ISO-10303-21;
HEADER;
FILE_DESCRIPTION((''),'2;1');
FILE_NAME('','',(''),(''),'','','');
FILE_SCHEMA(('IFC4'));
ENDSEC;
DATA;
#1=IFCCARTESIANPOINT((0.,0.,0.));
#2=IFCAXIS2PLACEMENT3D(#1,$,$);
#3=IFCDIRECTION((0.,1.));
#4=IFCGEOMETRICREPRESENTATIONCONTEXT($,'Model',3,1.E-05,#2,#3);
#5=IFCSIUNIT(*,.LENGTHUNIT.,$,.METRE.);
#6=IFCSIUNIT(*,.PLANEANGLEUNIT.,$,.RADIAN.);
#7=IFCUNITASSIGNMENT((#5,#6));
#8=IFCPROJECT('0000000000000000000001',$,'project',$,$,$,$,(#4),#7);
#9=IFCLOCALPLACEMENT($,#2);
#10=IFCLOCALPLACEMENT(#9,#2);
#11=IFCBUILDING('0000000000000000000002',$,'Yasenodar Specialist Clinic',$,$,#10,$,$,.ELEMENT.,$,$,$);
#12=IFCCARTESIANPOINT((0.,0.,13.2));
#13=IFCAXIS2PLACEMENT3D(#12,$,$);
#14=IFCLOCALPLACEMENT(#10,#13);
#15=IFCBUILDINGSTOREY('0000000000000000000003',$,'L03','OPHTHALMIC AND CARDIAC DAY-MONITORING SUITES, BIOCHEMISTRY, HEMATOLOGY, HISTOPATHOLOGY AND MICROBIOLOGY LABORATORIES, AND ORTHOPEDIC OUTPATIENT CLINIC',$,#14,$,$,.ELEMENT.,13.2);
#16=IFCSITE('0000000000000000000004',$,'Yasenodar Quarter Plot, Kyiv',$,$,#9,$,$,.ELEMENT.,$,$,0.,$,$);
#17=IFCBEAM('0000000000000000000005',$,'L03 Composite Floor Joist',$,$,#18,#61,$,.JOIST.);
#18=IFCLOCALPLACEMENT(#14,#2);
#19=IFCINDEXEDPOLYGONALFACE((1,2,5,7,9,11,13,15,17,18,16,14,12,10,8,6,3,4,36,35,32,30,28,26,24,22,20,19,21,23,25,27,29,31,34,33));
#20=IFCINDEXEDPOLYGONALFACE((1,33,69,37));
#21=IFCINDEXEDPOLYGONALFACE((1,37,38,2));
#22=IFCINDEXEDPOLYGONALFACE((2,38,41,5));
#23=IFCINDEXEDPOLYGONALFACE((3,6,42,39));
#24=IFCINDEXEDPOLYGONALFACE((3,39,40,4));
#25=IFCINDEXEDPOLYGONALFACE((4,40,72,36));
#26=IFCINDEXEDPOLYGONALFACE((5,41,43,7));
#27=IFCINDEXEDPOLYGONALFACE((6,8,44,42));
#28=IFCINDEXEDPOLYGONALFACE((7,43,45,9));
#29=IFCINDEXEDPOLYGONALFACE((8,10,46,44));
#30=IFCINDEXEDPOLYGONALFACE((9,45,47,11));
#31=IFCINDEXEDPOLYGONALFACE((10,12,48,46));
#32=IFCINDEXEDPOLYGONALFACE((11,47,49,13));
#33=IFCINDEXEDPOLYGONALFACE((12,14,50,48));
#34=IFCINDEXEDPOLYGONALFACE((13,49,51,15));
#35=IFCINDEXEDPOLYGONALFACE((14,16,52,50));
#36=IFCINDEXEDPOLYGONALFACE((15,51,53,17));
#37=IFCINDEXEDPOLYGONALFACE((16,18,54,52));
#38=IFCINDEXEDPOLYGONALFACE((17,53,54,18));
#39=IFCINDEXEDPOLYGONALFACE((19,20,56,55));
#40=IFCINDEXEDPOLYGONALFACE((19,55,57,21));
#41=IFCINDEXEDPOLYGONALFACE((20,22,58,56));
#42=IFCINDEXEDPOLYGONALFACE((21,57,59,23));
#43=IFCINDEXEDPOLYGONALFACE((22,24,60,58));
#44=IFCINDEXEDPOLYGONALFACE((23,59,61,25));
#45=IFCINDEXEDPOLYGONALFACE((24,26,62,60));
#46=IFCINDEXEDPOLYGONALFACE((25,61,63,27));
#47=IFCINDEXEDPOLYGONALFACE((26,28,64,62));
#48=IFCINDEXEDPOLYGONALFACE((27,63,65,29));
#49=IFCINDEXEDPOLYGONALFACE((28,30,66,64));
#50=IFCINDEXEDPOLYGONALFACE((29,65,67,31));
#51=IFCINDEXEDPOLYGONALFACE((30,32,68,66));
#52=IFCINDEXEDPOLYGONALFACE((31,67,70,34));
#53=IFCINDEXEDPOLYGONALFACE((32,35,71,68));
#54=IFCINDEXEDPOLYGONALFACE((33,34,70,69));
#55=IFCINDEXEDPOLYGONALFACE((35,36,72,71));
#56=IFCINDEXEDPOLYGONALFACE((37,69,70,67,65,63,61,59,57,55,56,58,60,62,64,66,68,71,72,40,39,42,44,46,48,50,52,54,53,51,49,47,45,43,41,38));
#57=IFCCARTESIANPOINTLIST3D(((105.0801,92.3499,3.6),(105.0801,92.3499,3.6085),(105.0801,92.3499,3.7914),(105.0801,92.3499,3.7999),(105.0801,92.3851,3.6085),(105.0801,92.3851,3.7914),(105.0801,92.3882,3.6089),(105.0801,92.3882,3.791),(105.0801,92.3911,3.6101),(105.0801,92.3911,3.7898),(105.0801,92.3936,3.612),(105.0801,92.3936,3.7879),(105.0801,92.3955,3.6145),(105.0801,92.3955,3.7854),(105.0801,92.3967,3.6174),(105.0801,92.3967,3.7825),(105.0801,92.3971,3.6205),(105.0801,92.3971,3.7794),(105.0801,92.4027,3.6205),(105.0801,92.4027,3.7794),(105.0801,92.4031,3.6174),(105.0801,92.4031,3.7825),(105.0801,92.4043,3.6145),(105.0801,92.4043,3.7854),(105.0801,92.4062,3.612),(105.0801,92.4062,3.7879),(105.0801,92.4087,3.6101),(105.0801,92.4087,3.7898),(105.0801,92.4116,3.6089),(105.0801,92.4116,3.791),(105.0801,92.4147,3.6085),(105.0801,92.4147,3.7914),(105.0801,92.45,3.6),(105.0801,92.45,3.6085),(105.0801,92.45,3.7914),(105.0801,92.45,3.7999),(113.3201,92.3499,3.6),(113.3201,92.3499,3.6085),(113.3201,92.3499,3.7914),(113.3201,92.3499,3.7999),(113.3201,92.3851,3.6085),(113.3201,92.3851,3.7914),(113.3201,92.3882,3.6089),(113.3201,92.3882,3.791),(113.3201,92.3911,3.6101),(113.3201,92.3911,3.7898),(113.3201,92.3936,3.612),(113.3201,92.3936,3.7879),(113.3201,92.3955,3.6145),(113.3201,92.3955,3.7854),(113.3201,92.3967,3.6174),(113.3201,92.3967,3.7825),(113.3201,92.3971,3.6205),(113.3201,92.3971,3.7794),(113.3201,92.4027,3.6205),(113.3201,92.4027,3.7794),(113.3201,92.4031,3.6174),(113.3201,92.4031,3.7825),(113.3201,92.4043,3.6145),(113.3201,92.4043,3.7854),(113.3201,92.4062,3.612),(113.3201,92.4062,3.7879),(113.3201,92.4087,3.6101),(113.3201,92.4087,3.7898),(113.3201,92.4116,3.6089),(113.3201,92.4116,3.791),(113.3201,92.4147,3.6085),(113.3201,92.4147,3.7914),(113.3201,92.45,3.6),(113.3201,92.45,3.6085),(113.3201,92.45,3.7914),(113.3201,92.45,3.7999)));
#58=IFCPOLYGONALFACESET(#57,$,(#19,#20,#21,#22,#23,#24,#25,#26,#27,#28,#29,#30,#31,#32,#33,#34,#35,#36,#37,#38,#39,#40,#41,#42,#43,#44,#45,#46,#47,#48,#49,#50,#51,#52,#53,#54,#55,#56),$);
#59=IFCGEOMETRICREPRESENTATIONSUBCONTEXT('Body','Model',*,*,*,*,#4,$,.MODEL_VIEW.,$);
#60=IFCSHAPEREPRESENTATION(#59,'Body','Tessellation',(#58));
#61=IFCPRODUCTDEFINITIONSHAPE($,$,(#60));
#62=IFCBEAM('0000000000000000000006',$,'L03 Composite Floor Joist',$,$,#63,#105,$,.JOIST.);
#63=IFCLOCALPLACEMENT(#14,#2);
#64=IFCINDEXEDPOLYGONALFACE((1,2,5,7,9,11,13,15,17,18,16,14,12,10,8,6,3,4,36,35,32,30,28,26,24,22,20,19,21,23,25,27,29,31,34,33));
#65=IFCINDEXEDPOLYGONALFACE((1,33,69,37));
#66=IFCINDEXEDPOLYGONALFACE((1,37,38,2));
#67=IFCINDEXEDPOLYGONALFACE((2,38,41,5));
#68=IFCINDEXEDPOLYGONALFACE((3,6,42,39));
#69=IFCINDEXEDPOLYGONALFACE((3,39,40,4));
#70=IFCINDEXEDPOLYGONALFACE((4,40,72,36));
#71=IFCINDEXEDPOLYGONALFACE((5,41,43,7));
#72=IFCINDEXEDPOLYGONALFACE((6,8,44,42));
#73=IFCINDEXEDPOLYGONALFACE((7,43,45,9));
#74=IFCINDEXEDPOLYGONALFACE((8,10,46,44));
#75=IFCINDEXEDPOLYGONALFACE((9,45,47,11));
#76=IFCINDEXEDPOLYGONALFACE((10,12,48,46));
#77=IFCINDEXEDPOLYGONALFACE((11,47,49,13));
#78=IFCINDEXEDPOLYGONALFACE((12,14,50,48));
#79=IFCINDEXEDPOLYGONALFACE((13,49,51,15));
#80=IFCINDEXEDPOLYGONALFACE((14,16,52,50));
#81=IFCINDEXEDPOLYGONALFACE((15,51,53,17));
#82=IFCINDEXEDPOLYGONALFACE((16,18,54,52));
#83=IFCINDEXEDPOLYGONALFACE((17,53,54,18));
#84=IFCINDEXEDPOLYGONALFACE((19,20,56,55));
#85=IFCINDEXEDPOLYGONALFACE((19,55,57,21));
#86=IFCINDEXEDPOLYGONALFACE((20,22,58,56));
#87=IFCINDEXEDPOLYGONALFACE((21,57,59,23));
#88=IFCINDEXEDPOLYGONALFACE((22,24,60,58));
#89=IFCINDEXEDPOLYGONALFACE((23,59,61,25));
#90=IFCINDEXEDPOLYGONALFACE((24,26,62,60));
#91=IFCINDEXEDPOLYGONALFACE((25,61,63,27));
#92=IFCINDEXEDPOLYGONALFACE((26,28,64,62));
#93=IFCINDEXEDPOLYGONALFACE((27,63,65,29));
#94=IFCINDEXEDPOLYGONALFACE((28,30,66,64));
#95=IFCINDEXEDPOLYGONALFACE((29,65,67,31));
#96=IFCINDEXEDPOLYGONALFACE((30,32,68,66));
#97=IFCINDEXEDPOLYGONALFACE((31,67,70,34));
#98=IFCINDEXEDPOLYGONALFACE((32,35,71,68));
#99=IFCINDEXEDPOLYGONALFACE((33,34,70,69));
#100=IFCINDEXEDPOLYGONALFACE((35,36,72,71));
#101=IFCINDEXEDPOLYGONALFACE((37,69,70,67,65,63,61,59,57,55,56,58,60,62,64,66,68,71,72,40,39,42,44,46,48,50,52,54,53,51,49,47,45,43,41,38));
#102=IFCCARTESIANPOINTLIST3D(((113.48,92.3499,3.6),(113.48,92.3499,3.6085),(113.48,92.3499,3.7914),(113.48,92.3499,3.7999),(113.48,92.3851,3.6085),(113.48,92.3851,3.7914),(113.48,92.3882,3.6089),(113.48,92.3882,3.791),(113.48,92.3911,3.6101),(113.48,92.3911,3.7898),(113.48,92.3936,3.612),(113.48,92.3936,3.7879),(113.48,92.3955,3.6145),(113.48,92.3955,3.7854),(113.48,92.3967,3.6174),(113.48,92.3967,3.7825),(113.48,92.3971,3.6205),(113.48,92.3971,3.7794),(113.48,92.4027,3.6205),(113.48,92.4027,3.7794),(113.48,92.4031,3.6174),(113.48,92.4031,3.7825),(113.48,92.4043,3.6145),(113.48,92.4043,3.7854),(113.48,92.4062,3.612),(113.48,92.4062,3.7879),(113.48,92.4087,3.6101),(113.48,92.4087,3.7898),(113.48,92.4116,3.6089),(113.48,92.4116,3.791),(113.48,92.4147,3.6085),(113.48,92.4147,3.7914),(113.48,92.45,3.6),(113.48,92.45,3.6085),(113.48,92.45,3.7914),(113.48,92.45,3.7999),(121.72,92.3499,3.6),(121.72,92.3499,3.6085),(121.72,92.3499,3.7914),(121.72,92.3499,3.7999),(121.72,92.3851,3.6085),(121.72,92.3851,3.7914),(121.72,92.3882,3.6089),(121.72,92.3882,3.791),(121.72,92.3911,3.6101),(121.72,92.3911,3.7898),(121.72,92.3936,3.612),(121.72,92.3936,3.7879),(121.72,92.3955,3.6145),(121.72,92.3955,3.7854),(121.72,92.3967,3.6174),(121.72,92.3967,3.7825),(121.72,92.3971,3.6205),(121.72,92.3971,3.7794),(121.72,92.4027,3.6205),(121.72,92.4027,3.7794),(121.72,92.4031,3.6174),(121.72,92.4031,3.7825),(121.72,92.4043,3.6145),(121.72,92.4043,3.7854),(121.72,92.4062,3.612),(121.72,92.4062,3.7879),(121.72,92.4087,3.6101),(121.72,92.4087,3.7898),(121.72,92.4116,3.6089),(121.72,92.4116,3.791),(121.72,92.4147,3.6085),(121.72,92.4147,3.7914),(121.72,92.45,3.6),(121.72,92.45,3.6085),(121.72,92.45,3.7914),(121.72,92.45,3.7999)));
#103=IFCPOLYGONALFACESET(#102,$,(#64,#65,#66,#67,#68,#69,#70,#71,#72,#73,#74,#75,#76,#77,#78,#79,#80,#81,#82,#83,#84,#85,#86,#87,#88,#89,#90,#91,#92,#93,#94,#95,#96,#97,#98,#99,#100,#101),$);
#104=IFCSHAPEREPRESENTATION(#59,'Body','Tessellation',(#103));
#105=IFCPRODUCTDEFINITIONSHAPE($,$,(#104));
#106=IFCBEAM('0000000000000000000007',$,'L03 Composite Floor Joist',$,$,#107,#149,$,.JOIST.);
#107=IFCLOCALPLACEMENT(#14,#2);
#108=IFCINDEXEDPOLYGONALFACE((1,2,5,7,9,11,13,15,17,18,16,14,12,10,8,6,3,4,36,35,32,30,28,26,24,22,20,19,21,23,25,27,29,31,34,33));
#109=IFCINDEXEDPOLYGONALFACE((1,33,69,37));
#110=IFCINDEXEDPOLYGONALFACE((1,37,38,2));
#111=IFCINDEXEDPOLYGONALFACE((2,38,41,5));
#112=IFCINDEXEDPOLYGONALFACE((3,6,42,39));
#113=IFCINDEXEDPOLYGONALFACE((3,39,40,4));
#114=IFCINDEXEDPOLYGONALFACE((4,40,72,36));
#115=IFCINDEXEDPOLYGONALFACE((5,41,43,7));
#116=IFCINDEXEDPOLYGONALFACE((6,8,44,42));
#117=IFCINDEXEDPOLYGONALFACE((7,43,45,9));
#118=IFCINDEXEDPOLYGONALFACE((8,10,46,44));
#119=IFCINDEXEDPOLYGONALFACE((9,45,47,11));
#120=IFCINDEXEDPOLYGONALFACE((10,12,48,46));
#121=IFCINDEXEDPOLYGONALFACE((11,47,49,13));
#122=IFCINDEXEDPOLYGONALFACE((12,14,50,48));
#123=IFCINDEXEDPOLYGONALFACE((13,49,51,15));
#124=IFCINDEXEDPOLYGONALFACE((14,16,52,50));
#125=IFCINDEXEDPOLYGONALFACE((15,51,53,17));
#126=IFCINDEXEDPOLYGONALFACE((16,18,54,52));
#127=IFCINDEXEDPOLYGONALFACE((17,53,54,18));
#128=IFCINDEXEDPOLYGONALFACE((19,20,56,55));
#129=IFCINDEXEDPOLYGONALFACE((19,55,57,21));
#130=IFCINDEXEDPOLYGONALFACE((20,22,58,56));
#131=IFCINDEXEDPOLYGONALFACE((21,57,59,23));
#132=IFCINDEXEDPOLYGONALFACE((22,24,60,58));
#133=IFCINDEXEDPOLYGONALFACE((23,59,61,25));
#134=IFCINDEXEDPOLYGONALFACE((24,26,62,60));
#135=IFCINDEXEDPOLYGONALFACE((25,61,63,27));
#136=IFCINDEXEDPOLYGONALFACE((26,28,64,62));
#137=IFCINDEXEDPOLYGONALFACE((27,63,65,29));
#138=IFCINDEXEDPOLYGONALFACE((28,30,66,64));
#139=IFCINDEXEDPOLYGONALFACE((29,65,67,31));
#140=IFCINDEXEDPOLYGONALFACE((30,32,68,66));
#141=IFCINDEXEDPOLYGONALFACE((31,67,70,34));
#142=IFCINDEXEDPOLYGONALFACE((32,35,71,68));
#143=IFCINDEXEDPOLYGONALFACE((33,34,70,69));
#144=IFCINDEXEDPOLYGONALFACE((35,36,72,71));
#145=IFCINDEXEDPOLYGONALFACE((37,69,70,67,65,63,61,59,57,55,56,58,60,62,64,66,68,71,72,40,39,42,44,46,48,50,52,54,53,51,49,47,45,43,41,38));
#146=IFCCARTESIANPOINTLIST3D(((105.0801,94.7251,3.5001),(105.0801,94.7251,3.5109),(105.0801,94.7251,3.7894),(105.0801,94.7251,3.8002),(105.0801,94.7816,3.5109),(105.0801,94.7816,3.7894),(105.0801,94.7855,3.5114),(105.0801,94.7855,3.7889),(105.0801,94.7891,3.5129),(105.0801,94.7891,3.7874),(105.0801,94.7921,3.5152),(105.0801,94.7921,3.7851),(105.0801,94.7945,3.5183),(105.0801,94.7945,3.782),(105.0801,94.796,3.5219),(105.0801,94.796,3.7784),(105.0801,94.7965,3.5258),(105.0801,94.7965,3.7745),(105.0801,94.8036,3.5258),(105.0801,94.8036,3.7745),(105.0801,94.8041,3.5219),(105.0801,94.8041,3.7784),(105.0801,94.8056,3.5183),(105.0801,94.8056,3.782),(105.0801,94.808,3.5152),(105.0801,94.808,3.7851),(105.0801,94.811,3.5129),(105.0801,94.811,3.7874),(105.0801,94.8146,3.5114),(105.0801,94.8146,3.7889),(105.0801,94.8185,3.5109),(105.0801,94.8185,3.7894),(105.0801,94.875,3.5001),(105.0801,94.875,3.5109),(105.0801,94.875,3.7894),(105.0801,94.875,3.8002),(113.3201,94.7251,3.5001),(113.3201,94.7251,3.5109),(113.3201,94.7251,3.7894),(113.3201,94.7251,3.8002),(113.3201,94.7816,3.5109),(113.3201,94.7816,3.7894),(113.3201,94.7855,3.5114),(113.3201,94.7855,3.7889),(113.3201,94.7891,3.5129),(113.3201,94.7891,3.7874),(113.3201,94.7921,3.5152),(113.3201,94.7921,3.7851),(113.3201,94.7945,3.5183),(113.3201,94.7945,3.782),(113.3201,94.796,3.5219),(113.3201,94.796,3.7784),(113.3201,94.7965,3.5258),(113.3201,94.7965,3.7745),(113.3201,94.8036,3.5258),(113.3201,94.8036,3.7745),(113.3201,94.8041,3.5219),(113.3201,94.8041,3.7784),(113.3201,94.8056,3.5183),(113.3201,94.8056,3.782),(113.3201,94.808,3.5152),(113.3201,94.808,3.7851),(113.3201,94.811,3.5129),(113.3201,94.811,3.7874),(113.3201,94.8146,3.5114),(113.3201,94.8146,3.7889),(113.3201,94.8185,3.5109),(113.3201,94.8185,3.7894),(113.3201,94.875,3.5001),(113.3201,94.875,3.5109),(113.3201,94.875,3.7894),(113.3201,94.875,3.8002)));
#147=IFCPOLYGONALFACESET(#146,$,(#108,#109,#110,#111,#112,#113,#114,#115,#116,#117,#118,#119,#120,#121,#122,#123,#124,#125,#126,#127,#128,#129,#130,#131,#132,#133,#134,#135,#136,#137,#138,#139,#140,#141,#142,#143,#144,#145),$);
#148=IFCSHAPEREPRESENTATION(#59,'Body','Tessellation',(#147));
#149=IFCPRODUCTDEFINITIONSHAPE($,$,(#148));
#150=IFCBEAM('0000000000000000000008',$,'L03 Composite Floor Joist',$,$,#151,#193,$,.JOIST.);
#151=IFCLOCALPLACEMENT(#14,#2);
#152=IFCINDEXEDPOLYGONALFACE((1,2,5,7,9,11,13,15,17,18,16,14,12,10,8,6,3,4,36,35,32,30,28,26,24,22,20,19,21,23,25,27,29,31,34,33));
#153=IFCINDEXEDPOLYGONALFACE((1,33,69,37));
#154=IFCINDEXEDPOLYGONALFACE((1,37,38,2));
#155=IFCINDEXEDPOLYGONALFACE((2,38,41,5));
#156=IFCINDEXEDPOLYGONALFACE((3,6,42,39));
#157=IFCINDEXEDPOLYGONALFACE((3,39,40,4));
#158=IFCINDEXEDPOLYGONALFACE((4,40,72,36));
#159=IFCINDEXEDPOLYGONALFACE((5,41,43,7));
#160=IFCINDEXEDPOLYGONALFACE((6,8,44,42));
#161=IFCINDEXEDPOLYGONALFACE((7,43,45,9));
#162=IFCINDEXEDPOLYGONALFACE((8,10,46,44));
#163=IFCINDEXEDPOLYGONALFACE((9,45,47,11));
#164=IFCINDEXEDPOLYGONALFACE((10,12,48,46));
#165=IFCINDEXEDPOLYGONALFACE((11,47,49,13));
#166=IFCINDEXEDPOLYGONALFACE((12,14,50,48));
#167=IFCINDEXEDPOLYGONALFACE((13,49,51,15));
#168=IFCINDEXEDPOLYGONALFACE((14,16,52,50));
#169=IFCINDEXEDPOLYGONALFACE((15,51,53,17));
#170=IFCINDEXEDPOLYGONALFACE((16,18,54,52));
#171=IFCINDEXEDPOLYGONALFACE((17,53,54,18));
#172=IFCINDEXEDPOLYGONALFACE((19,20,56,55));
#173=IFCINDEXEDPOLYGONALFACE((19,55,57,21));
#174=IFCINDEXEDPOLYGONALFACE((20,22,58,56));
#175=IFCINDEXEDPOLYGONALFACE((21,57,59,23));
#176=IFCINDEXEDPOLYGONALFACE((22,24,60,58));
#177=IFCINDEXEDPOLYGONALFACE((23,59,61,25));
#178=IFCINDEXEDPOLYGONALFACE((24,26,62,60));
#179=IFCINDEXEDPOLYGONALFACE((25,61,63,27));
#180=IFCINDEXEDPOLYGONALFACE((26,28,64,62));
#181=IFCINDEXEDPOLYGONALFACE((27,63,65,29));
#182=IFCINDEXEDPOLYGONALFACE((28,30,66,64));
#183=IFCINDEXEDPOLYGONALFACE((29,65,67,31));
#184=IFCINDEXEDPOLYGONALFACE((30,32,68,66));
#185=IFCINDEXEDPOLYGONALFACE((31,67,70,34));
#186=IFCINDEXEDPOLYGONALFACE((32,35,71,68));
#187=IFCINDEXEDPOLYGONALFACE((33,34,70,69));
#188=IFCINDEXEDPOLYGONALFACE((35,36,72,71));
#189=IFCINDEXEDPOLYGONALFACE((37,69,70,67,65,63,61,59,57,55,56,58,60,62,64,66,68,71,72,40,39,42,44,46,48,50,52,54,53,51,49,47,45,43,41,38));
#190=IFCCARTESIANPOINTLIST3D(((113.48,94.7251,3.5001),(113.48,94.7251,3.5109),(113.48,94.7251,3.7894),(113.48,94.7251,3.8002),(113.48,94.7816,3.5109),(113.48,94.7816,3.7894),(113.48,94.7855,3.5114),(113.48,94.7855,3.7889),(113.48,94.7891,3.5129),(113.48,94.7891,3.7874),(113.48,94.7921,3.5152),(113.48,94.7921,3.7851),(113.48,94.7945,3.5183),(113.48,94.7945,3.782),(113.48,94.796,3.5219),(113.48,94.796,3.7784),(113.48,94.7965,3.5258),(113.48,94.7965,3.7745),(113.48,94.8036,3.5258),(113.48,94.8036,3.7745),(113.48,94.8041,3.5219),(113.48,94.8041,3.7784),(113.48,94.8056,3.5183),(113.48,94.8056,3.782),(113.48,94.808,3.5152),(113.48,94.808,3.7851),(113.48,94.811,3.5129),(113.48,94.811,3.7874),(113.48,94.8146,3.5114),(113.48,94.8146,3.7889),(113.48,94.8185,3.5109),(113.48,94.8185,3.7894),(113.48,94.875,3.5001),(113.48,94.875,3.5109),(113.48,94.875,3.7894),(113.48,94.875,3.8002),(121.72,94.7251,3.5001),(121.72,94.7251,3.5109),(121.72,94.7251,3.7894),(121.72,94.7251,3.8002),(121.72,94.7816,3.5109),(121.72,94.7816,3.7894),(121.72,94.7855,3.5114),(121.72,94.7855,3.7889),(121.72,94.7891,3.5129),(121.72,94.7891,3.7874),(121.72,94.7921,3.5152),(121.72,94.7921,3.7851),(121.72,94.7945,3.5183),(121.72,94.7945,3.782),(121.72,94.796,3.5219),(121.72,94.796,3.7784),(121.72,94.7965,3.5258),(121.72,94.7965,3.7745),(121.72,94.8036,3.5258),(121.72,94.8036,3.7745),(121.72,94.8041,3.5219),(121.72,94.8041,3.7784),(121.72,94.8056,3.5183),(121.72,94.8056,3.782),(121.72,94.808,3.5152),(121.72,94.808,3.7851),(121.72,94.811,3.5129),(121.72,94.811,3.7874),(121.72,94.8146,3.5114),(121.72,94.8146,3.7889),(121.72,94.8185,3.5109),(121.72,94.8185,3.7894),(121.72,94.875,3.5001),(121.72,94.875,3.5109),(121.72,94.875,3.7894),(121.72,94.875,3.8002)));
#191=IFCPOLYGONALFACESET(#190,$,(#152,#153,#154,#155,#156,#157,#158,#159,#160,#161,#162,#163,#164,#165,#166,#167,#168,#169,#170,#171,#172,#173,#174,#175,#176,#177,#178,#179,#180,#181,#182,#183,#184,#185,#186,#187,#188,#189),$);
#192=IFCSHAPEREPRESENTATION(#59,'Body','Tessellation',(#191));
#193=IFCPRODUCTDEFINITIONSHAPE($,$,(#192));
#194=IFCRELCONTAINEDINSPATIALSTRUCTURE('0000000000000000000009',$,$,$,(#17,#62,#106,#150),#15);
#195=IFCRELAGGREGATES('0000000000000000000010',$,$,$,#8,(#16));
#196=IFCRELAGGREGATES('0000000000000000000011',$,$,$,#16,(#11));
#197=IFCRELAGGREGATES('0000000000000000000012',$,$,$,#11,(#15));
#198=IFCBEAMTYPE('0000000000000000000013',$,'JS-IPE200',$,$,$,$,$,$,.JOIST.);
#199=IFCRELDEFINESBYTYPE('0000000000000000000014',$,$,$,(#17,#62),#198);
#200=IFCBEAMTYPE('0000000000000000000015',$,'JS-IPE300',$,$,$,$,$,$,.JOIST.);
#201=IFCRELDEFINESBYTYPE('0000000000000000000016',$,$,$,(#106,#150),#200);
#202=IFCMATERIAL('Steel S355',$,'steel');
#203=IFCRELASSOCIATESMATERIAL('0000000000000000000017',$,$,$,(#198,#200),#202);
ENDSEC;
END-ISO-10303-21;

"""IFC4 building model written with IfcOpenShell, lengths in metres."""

from ifc_helpers import new_model, si_unit, direction, frame, origin, origin_2d, place, context, subcontext, project, spatial, i_section, extrude, material, material_profile, profile_set, type_object, element, save


model = new_model("IFC4")

# Units and contexts
model_context = context("Model", 3, precision=1e-05, world=origin(), true_north=direction((0.0, 1.0)))
body_context = subcontext(model_context, "Body", "Model", "MODEL_VIEW")
ifc_project = project(units=[si_unit("LENGTHUNIT", "METRE"), si_unit("PLANEANGLEUNIT", "RADIAN")], contexts=[model_context])

# Site, building, storey
site_placement = place(None, origin())
site = spatial("IfcSite", under=ifc_project, at=site_placement, Name="Yasenodar Quarter Plot, Kyiv", CompositionType="ELEMENT", RefElevation=0.0)
building_placement = place(site_placement, origin())
building = spatial("IfcBuilding", under=site, at=building_placement, Name="Yasenodar Specialist Clinic", CompositionType="ELEMENT")
storey_placement = place(building_placement, frame((0.0, 0.0, 13.2)))
storey = spatial("IfcBuildingStorey", under=building, at=storey_placement, Name="L03", Description="OPHTHALMIC AND CARDIAC DAY-MONITORING SUITES, BIOCHEMISTRY, HEMATOLOGY, HISTOPATHOLOGY AND MICROBIOLOGY LABORATORIES, AND ORTHOPEDIC OUTPATIENT CLINIC", CompositionType="ELEMENT", Elevation=13.2)

# Shared definitions
ifc_material_1 = material(Name="Steel S355", Category="steel")

# Beams
ifc_material_profile_1 = material_profile(ifc_material_1, i_section(OverallWidth=0.1001, OverallDepth=0.2, WebThickness=0.0056, FlangeThickness=0.0085, FilletRadius=0.012, at=origin_2d()), Name="IPE 200")
ifc_profile_set_1 = profile_set([ifc_material_profile_1], Name="Steel S355")
beam_type_1 = type_object("IfcBeamType", Name="JS-IPE200", PredefinedType="JOIST", material=ifc_profile_set_1)
for number, where, z_axis, x_axis, name in (
    (1, (105.0801, 92.3999, 3.7), (1.0, 0.0, 0.0), (0.0, 1.0, 0.0), "L03 Composite Floor Joist"),
    (2, (113.48, 92.3999, 3.7), (1.0, 0.0, 0.0), (0.0, 1.0, 0.0), "L03 Composite Floor Joist"),
):
    element("IfcBeam", number, at=place(storey_placement, frame(where, z_axis=z_axis, x_axis=x_axis)), inside=storey, type_object=beam_type_1, Name=name, PredefinedType="JOIST", context=body_context, shape_type="SweptSolid", body=[
        extrude(i_section(OverallWidth=0.1001, OverallDepth=0.2, WebThickness=0.0056, FlangeThickness=0.0085, FilletRadius=0.012, at=origin_2d()), origin(), (0.0, 0.0, 1.0), 8.24),
    ])
ifc_material_profile_2 = material_profile(ifc_material_1, i_section(OverallWidth=0.1499, OverallDepth=0.3, WebThickness=0.0071, FlangeThickness=0.0107, FilletRadius=0.0149, at=origin_2d()), Name="IPE 300")
ifc_profile_set_2 = profile_set([ifc_material_profile_2], Name="Steel S355")
beam_type_2 = type_object("IfcBeamType", Name="JS-IPE300", PredefinedType="JOIST", material=ifc_profile_set_2)
for number, where, z_axis, x_axis, name in (
    (3, (105.0801, 94.8, 3.6501), (1.0, 0.0, 0.0), (0.0, 1.0, 0.0), "L03 Composite Floor Joist"),
    (4, (113.48, 94.8, 3.6501), (1.0, 0.0, 0.0), (0.0, 1.0, 0.0), "L03 Composite Floor Joist"),
):
    element("IfcBeam", number, at=place(storey_placement, frame(where, z_axis=z_axis, x_axis=x_axis)), inside=storey, type_object=beam_type_2, Name=name, PredefinedType="JOIST", context=body_context, shape_type="SweptSolid", body=[
        extrude(i_section(OverallWidth=0.1499, OverallDepth=0.3, WebThickness=0.0071, FlangeThickness=0.0107, FilletRadius=0.0149, at=origin_2d()), origin(), (0.0, 0.0, 1.0), 8.24),
    ])

save(model, "model.ifc")
